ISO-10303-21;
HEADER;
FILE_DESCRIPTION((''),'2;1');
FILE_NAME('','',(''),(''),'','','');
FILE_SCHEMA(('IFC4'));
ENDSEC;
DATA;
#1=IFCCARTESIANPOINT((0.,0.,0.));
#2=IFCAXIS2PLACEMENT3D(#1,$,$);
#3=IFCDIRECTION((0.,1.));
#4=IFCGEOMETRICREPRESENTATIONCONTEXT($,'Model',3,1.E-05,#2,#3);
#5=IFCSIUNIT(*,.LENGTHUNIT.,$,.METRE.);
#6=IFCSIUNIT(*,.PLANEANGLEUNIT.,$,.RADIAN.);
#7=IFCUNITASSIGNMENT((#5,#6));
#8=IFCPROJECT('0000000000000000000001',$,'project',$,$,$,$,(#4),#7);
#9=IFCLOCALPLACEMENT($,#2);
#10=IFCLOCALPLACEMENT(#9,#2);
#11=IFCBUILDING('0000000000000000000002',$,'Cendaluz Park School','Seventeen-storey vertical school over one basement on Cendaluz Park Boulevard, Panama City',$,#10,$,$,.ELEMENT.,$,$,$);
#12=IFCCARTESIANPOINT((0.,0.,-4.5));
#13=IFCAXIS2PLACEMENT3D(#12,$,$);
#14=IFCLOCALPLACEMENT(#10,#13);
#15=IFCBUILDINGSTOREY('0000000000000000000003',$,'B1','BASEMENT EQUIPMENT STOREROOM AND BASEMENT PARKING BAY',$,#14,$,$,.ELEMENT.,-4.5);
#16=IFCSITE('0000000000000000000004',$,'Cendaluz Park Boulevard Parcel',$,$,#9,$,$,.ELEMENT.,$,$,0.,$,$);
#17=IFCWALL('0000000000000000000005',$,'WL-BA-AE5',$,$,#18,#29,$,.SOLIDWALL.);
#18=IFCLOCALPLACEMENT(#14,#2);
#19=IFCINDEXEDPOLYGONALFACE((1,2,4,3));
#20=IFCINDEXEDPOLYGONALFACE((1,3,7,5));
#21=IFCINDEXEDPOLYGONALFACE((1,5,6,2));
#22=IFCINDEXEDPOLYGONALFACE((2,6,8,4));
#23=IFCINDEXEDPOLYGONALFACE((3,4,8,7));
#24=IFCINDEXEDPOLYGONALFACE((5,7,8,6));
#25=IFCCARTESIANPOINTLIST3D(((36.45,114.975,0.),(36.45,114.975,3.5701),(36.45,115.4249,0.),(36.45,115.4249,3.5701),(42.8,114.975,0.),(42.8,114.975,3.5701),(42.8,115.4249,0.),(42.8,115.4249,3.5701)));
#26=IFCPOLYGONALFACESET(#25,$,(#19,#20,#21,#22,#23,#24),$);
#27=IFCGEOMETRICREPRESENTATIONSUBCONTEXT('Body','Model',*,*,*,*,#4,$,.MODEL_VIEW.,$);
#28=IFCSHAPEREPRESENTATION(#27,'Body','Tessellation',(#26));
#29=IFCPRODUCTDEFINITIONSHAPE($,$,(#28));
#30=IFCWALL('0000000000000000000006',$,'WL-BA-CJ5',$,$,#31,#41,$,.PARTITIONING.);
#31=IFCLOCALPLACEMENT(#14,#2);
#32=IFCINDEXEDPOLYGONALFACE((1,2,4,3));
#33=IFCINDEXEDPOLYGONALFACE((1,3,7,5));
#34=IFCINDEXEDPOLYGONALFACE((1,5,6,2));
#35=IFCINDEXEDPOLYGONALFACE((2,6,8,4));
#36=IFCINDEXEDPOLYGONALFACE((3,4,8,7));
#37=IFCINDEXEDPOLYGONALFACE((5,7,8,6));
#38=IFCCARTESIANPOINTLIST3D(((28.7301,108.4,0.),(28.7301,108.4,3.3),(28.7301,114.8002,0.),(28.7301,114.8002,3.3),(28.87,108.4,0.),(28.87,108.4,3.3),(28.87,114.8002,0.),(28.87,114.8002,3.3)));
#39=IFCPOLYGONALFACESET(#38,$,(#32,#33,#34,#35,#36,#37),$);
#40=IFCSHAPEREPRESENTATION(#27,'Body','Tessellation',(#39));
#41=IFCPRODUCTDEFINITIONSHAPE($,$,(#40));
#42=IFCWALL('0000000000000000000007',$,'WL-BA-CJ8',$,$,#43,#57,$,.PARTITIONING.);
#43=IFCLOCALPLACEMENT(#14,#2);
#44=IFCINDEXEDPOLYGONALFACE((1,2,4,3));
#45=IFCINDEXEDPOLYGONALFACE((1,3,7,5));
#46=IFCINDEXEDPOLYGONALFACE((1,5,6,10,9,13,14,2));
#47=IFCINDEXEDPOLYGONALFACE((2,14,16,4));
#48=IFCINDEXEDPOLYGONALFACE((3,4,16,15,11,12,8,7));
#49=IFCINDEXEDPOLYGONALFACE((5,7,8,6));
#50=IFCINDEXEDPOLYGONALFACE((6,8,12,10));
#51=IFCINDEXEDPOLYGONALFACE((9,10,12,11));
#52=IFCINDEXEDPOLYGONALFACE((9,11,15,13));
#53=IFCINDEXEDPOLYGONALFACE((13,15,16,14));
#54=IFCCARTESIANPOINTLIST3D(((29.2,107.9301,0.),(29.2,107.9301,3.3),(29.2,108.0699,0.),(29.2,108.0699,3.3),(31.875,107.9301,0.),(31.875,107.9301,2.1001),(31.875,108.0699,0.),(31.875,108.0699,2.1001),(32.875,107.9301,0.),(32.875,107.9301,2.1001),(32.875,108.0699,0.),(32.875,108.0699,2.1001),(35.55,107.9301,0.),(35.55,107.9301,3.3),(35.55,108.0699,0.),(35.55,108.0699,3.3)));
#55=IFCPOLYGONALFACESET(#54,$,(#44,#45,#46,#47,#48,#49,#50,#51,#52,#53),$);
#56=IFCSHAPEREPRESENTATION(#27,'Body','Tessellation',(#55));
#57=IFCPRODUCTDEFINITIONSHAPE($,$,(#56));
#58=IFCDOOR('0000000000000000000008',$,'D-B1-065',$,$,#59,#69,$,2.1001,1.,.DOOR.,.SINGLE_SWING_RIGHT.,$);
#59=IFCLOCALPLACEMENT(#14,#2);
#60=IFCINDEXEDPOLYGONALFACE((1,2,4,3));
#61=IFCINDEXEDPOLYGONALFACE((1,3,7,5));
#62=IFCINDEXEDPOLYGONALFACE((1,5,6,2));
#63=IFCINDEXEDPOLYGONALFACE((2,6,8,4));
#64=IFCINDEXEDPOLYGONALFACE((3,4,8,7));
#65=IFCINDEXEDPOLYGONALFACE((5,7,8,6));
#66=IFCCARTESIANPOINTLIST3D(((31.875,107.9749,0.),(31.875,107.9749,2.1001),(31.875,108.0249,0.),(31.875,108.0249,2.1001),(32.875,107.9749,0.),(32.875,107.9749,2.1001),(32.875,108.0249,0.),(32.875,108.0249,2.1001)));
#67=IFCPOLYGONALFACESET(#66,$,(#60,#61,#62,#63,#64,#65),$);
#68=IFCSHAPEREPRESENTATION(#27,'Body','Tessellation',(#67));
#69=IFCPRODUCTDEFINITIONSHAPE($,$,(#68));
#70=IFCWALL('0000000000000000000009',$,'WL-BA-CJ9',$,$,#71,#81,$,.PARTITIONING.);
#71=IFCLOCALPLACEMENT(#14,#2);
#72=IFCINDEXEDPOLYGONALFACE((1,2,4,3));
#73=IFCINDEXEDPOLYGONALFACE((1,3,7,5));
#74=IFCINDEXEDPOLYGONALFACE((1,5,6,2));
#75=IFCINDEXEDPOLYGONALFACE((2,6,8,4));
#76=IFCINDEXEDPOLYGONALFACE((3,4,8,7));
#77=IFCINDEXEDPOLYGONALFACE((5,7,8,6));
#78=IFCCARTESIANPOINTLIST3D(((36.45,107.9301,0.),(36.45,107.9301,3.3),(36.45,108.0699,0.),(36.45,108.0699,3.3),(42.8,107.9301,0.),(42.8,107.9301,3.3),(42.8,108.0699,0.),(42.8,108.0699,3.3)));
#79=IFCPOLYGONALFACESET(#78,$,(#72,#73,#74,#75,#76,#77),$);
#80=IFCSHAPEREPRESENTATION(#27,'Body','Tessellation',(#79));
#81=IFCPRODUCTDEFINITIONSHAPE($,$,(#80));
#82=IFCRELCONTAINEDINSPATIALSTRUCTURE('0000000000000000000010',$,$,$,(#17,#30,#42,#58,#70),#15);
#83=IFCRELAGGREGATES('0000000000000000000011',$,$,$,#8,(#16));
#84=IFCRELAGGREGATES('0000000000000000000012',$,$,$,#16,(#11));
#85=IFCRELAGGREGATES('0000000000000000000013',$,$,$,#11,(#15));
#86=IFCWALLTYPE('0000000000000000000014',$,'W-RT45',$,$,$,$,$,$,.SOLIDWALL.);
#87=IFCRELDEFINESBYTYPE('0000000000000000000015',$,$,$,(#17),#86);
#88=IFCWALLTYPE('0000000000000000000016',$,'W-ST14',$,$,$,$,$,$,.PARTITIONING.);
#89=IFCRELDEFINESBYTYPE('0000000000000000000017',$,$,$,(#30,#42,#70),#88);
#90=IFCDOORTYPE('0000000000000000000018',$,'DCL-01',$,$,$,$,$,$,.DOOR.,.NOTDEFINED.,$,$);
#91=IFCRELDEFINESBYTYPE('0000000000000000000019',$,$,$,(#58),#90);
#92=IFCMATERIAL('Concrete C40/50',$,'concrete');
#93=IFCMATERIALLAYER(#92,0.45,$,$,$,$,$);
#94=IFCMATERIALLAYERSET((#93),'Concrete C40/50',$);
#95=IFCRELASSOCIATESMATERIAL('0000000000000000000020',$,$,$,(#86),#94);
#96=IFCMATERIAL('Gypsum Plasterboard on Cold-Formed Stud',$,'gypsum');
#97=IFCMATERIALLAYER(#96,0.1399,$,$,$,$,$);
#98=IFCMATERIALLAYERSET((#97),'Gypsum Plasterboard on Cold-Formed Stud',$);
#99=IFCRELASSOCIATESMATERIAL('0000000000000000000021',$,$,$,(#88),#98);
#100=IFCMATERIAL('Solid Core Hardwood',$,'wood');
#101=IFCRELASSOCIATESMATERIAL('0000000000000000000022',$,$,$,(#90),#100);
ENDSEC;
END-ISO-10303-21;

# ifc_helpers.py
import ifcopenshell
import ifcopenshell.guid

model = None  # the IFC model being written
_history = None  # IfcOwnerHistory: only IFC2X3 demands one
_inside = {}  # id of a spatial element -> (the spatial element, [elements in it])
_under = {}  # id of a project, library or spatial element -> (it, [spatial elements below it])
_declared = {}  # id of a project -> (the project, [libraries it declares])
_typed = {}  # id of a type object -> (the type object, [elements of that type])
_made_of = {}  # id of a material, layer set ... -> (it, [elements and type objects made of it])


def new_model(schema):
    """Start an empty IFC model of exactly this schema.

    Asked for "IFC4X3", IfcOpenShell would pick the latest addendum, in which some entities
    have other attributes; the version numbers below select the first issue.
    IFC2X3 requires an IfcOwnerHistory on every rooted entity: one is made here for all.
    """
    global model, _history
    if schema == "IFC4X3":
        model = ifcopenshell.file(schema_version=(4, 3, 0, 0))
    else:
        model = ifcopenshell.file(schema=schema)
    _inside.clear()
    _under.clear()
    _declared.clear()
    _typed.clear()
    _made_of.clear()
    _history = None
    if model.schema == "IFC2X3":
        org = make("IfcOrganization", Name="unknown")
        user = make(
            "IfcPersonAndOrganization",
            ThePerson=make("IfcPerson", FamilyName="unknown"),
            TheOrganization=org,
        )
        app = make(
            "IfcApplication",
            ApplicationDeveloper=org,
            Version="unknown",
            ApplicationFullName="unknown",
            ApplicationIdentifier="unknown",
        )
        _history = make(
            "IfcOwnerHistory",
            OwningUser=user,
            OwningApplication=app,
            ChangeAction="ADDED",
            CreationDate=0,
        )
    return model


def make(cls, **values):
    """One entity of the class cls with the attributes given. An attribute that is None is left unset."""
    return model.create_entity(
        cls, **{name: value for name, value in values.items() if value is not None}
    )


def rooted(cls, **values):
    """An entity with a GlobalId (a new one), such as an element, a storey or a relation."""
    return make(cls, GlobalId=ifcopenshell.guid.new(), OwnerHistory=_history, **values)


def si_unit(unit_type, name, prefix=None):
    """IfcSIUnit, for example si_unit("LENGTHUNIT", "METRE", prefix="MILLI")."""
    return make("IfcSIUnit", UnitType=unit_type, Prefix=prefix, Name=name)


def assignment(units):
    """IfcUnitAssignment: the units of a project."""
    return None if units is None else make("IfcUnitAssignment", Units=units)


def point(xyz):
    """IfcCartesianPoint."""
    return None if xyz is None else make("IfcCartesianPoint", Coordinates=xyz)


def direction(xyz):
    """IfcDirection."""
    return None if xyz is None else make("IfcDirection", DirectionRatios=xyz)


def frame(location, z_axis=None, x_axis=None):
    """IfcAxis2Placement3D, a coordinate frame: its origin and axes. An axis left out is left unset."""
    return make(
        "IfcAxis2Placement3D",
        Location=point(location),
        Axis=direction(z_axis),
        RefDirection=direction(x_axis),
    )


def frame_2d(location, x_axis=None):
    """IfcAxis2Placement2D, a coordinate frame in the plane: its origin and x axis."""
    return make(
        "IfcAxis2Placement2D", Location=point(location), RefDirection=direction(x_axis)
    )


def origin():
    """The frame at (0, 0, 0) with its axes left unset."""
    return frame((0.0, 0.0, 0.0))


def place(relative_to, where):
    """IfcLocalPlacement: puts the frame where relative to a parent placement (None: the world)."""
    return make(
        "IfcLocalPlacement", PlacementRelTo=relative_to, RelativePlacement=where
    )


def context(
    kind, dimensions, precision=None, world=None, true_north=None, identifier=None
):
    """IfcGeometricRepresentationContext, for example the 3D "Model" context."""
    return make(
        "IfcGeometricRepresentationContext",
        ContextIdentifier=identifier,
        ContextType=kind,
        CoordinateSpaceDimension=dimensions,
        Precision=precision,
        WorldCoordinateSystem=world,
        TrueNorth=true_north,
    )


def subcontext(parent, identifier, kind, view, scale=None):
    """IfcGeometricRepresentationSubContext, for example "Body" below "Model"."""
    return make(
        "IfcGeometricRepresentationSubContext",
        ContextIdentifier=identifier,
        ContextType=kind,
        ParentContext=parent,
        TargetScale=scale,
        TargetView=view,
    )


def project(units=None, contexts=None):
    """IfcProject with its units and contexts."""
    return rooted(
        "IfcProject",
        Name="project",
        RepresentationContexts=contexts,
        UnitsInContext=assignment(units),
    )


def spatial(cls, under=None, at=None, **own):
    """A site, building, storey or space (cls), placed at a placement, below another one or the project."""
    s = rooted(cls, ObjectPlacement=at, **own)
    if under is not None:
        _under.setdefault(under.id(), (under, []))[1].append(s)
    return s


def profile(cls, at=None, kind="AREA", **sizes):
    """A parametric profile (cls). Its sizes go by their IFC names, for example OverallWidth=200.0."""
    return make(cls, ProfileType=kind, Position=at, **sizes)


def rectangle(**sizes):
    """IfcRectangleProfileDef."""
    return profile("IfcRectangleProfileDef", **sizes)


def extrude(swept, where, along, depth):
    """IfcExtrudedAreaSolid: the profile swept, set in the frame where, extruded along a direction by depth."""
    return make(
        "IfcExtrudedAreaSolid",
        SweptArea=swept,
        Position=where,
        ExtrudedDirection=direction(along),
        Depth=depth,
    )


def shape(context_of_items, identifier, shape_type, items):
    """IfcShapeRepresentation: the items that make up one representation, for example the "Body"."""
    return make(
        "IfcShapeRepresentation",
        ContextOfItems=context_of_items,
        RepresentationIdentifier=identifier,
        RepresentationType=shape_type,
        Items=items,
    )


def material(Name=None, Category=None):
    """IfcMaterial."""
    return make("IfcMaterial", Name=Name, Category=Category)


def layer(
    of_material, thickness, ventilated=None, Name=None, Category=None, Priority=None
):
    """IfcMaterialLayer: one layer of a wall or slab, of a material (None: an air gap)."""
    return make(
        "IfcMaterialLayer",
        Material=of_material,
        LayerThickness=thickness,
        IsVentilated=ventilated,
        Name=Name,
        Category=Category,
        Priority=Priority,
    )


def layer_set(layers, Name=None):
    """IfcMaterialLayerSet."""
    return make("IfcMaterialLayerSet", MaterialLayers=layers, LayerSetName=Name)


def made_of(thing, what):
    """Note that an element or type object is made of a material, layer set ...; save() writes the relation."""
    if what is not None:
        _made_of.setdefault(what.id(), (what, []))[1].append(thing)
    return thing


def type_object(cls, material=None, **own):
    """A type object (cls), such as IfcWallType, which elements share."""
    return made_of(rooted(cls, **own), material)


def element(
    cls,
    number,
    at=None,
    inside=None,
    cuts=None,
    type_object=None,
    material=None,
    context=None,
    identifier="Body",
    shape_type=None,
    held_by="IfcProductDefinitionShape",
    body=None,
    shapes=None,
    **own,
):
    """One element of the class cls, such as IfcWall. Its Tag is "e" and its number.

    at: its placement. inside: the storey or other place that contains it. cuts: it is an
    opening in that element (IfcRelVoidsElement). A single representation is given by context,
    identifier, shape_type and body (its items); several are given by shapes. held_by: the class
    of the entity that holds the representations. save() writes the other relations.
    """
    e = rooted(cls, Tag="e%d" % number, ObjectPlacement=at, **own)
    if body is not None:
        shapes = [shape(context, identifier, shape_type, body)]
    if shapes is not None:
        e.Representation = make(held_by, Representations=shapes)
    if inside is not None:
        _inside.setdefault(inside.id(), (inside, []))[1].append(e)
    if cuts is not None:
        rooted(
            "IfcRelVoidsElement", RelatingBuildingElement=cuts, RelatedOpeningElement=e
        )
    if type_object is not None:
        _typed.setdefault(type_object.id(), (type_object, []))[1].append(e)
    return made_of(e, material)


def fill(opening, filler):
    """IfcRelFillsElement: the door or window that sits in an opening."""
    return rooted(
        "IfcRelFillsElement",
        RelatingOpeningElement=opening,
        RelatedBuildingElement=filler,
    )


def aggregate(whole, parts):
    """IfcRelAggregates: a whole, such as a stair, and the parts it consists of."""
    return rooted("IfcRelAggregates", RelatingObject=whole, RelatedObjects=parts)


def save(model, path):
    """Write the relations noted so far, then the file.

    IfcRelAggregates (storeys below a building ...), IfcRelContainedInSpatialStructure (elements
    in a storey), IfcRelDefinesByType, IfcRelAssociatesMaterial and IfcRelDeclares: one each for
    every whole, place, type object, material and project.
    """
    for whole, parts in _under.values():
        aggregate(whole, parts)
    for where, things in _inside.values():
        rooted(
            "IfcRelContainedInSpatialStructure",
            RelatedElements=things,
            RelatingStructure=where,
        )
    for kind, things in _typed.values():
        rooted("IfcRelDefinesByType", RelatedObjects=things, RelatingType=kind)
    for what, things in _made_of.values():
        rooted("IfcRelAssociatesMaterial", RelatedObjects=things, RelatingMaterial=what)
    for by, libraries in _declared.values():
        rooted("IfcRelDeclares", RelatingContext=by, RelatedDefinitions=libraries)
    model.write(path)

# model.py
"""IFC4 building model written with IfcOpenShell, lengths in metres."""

from ifc_helpers import new_model, si_unit, direction, frame, frame_2d, origin, place, context, subcontext, project, spatial, rectangle, extrude, material, layer, layer_set, type_object, element, fill, save


model = new_model("IFC4")

# Units and contexts
model_context = context("Model", 3, precision=1e-05, world=origin(), true_north=direction((0.0, 1.0)))
body_context = subcontext(model_context, "Body", "Model", "MODEL_VIEW")
ifc_project = project(units=[si_unit("LENGTHUNIT", "METRE"), si_unit("PLANEANGLEUNIT", "RADIAN")], contexts=[model_context])

# Site, building, storey
site_placement = place(None, origin())
site = spatial("IfcSite", under=ifc_project, at=site_placement, Name="Cendaluz Park Boulevard Parcel", CompositionType="ELEMENT", RefElevation=0.0)
building_placement = place(site_placement, origin())
building = spatial("IfcBuilding", under=site, at=building_placement, Name="Cendaluz Park School", Description="Seventeen-storey vertical school over one basement on Cendaluz Park Boulevard, Panama City", CompositionType="ELEMENT")
storey_placement = place(building_placement, frame((0.0, 0.0, -4.5)))
storey = spatial("IfcBuildingStorey", under=building, at=storey_placement, Name="B1", Description="BASEMENT EQUIPMENT STOREROOM AND BASEMENT PARKING BAY", CompositionType="ELEMENT", Elevation=-4.5)

# Shared definitions
ifc_material_1 = material(Name="Concrete C40/50", Category="concrete")

# Walls
ifc_material_2 = material(Name="Gypsum Plasterboard on Cold-Formed Stud", Category="gypsum")
ifc_layer_1 = layer(ifc_material_1, 0.45)
ifc_layer_set_1 = layer_set([ifc_layer_1], Name="Concrete C40/50")
wall_type_1 = type_object("IfcWallType", Name="W-RT45", PredefinedType="SOLIDWALL", material=ifc_layer_set_1)
for number, where, z_axis, x_axis, name in (
    (1, (36.45, 115.2, 0.0), (0.0, 0.0, 1.0), (1.0, 0.0, 0.0), "WL-BA-AE5"),
):
    element("IfcWall", number, at=place(storey_placement, frame(where, z_axis=z_axis, x_axis=x_axis)), inside=storey, type_object=wall_type_1, Name=name, PredefinedType="SOLIDWALL", context=body_context, shape_type="SweptSolid", body=[
        extrude(rectangle(XDim=6.3501, YDim=0.45, at=frame_2d((3.175, 0.0))), origin(), (0.0, 0.0, 1.0), 3.5701),
    ])
ifc_layer_2 = layer(ifc_material_2, 0.1399)
ifc_layer_set_2 = layer_set([ifc_layer_2], Name="Gypsum Plasterboard on Cold-Formed Stud")
wall_type_2 = type_object("IfcWallType", Name="W-ST14", PredefinedType="PARTITIONING", material=ifc_layer_set_2)
wall_1_placement = place(storey_placement, frame((28.8, 108.3999, 0.0), z_axis=(0.0, 0.0, 1.0), x_axis=(0.0, 1.0, 0.0)))
element("IfcWall", 2, at=wall_1_placement, inside=storey, type_object=wall_type_2, Name="WL-BA-CJ5", PredefinedType="PARTITIONING", context=body_context, shape_type="SweptSolid", body=[
    extrude(rectangle(XDim=6.4001, YDim=0.1399, at=frame_2d((3.2002, 0.0))), origin(), (0.0, 0.0, 1.0), 3.3),
])

# Wall, opening, door
wall_2_placement = place(storey_placement, frame((29.2, 108.0, 0.0), z_axis=(0.0, 0.0, 1.0), x_axis=(1.0, 0.0, 0.0)))
wall_2 = element("IfcWall", 3, at=wall_2_placement, inside=storey, type_object=wall_type_2, Name="WL-BA-CJ8", PredefinedType="PARTITIONING", context=body_context, shape_type="SweptSolid", body=[
    extrude(rectangle(XDim=6.3501, YDim=0.1399, at=frame_2d((3.175, 0.0))), origin(), (0.0, 0.0, 1.0), 3.3),
])
opening_placement = place(wall_2_placement, frame((2.675, 0.0, 0.0)))
opening = element("IfcOpeningElement", 4, at=opening_placement, cuts=wall_2, PredefinedType="OPENING", context=body_context, shape_type="SweptSolid", body=[
    extrude(rectangle(XDim=1.0, YDim=2.1001, at=frame_2d((0.5, 1.05))), frame((0.0, 0.082, 0.0), z_axis=(0.0, -1.0, 0.0), x_axis=(1.0, 0.0, 0.0)), (0.0, 0.0, 1.0), 0.1638),
])
ifc_material_3 = material(Name="Solid Core Hardwood", Category="wood")
door_type = type_object("IfcDoorType", Name="DCL-01", OperationType="NOTDEFINED", PredefinedType="DOOR", material=ifc_material_3)
door_placement = place(opening_placement, origin())
door = element("IfcDoor", 5, at=door_placement, inside=storey, type_object=door_type, Name="D-B1-065", OperationType="SINGLE_SWING_RIGHT", OverallHeight=2.1001, OverallWidth=1.0, PredefinedType="DOOR", context=body_context, shape_type="SweptSolid", body=[
    extrude(rectangle(XDim=1.0, YDim=2.1001, at=frame_2d((0.5, 1.05))), frame((0.0, 0.0249, 0.0), z_axis=(0.0, -1.0, 0.0), x_axis=(1.0, 0.0, 0.0)), (0.0, 0.0, 1.0), 0.05),
])
fill(opening, door)

# Wall
wall_3_placement = place(storey_placement, frame((36.45, 108.0, 0.0), z_axis=(0.0, 0.0, 1.0), x_axis=(1.0, 0.0, 0.0)))
element("IfcWall", 6, at=wall_3_placement, inside=storey, type_object=wall_type_2, Name="WL-BA-CJ9", PredefinedType="PARTITIONING", context=body_context, shape_type="SweptSolid", body=[
    extrude(rectangle(XDim=6.3501, YDim=0.1399, at=frame_2d((3.175, 0.0))), origin(), (0.0, 0.0, 1.0), 3.3),
])

save(model, "model.ifc")
